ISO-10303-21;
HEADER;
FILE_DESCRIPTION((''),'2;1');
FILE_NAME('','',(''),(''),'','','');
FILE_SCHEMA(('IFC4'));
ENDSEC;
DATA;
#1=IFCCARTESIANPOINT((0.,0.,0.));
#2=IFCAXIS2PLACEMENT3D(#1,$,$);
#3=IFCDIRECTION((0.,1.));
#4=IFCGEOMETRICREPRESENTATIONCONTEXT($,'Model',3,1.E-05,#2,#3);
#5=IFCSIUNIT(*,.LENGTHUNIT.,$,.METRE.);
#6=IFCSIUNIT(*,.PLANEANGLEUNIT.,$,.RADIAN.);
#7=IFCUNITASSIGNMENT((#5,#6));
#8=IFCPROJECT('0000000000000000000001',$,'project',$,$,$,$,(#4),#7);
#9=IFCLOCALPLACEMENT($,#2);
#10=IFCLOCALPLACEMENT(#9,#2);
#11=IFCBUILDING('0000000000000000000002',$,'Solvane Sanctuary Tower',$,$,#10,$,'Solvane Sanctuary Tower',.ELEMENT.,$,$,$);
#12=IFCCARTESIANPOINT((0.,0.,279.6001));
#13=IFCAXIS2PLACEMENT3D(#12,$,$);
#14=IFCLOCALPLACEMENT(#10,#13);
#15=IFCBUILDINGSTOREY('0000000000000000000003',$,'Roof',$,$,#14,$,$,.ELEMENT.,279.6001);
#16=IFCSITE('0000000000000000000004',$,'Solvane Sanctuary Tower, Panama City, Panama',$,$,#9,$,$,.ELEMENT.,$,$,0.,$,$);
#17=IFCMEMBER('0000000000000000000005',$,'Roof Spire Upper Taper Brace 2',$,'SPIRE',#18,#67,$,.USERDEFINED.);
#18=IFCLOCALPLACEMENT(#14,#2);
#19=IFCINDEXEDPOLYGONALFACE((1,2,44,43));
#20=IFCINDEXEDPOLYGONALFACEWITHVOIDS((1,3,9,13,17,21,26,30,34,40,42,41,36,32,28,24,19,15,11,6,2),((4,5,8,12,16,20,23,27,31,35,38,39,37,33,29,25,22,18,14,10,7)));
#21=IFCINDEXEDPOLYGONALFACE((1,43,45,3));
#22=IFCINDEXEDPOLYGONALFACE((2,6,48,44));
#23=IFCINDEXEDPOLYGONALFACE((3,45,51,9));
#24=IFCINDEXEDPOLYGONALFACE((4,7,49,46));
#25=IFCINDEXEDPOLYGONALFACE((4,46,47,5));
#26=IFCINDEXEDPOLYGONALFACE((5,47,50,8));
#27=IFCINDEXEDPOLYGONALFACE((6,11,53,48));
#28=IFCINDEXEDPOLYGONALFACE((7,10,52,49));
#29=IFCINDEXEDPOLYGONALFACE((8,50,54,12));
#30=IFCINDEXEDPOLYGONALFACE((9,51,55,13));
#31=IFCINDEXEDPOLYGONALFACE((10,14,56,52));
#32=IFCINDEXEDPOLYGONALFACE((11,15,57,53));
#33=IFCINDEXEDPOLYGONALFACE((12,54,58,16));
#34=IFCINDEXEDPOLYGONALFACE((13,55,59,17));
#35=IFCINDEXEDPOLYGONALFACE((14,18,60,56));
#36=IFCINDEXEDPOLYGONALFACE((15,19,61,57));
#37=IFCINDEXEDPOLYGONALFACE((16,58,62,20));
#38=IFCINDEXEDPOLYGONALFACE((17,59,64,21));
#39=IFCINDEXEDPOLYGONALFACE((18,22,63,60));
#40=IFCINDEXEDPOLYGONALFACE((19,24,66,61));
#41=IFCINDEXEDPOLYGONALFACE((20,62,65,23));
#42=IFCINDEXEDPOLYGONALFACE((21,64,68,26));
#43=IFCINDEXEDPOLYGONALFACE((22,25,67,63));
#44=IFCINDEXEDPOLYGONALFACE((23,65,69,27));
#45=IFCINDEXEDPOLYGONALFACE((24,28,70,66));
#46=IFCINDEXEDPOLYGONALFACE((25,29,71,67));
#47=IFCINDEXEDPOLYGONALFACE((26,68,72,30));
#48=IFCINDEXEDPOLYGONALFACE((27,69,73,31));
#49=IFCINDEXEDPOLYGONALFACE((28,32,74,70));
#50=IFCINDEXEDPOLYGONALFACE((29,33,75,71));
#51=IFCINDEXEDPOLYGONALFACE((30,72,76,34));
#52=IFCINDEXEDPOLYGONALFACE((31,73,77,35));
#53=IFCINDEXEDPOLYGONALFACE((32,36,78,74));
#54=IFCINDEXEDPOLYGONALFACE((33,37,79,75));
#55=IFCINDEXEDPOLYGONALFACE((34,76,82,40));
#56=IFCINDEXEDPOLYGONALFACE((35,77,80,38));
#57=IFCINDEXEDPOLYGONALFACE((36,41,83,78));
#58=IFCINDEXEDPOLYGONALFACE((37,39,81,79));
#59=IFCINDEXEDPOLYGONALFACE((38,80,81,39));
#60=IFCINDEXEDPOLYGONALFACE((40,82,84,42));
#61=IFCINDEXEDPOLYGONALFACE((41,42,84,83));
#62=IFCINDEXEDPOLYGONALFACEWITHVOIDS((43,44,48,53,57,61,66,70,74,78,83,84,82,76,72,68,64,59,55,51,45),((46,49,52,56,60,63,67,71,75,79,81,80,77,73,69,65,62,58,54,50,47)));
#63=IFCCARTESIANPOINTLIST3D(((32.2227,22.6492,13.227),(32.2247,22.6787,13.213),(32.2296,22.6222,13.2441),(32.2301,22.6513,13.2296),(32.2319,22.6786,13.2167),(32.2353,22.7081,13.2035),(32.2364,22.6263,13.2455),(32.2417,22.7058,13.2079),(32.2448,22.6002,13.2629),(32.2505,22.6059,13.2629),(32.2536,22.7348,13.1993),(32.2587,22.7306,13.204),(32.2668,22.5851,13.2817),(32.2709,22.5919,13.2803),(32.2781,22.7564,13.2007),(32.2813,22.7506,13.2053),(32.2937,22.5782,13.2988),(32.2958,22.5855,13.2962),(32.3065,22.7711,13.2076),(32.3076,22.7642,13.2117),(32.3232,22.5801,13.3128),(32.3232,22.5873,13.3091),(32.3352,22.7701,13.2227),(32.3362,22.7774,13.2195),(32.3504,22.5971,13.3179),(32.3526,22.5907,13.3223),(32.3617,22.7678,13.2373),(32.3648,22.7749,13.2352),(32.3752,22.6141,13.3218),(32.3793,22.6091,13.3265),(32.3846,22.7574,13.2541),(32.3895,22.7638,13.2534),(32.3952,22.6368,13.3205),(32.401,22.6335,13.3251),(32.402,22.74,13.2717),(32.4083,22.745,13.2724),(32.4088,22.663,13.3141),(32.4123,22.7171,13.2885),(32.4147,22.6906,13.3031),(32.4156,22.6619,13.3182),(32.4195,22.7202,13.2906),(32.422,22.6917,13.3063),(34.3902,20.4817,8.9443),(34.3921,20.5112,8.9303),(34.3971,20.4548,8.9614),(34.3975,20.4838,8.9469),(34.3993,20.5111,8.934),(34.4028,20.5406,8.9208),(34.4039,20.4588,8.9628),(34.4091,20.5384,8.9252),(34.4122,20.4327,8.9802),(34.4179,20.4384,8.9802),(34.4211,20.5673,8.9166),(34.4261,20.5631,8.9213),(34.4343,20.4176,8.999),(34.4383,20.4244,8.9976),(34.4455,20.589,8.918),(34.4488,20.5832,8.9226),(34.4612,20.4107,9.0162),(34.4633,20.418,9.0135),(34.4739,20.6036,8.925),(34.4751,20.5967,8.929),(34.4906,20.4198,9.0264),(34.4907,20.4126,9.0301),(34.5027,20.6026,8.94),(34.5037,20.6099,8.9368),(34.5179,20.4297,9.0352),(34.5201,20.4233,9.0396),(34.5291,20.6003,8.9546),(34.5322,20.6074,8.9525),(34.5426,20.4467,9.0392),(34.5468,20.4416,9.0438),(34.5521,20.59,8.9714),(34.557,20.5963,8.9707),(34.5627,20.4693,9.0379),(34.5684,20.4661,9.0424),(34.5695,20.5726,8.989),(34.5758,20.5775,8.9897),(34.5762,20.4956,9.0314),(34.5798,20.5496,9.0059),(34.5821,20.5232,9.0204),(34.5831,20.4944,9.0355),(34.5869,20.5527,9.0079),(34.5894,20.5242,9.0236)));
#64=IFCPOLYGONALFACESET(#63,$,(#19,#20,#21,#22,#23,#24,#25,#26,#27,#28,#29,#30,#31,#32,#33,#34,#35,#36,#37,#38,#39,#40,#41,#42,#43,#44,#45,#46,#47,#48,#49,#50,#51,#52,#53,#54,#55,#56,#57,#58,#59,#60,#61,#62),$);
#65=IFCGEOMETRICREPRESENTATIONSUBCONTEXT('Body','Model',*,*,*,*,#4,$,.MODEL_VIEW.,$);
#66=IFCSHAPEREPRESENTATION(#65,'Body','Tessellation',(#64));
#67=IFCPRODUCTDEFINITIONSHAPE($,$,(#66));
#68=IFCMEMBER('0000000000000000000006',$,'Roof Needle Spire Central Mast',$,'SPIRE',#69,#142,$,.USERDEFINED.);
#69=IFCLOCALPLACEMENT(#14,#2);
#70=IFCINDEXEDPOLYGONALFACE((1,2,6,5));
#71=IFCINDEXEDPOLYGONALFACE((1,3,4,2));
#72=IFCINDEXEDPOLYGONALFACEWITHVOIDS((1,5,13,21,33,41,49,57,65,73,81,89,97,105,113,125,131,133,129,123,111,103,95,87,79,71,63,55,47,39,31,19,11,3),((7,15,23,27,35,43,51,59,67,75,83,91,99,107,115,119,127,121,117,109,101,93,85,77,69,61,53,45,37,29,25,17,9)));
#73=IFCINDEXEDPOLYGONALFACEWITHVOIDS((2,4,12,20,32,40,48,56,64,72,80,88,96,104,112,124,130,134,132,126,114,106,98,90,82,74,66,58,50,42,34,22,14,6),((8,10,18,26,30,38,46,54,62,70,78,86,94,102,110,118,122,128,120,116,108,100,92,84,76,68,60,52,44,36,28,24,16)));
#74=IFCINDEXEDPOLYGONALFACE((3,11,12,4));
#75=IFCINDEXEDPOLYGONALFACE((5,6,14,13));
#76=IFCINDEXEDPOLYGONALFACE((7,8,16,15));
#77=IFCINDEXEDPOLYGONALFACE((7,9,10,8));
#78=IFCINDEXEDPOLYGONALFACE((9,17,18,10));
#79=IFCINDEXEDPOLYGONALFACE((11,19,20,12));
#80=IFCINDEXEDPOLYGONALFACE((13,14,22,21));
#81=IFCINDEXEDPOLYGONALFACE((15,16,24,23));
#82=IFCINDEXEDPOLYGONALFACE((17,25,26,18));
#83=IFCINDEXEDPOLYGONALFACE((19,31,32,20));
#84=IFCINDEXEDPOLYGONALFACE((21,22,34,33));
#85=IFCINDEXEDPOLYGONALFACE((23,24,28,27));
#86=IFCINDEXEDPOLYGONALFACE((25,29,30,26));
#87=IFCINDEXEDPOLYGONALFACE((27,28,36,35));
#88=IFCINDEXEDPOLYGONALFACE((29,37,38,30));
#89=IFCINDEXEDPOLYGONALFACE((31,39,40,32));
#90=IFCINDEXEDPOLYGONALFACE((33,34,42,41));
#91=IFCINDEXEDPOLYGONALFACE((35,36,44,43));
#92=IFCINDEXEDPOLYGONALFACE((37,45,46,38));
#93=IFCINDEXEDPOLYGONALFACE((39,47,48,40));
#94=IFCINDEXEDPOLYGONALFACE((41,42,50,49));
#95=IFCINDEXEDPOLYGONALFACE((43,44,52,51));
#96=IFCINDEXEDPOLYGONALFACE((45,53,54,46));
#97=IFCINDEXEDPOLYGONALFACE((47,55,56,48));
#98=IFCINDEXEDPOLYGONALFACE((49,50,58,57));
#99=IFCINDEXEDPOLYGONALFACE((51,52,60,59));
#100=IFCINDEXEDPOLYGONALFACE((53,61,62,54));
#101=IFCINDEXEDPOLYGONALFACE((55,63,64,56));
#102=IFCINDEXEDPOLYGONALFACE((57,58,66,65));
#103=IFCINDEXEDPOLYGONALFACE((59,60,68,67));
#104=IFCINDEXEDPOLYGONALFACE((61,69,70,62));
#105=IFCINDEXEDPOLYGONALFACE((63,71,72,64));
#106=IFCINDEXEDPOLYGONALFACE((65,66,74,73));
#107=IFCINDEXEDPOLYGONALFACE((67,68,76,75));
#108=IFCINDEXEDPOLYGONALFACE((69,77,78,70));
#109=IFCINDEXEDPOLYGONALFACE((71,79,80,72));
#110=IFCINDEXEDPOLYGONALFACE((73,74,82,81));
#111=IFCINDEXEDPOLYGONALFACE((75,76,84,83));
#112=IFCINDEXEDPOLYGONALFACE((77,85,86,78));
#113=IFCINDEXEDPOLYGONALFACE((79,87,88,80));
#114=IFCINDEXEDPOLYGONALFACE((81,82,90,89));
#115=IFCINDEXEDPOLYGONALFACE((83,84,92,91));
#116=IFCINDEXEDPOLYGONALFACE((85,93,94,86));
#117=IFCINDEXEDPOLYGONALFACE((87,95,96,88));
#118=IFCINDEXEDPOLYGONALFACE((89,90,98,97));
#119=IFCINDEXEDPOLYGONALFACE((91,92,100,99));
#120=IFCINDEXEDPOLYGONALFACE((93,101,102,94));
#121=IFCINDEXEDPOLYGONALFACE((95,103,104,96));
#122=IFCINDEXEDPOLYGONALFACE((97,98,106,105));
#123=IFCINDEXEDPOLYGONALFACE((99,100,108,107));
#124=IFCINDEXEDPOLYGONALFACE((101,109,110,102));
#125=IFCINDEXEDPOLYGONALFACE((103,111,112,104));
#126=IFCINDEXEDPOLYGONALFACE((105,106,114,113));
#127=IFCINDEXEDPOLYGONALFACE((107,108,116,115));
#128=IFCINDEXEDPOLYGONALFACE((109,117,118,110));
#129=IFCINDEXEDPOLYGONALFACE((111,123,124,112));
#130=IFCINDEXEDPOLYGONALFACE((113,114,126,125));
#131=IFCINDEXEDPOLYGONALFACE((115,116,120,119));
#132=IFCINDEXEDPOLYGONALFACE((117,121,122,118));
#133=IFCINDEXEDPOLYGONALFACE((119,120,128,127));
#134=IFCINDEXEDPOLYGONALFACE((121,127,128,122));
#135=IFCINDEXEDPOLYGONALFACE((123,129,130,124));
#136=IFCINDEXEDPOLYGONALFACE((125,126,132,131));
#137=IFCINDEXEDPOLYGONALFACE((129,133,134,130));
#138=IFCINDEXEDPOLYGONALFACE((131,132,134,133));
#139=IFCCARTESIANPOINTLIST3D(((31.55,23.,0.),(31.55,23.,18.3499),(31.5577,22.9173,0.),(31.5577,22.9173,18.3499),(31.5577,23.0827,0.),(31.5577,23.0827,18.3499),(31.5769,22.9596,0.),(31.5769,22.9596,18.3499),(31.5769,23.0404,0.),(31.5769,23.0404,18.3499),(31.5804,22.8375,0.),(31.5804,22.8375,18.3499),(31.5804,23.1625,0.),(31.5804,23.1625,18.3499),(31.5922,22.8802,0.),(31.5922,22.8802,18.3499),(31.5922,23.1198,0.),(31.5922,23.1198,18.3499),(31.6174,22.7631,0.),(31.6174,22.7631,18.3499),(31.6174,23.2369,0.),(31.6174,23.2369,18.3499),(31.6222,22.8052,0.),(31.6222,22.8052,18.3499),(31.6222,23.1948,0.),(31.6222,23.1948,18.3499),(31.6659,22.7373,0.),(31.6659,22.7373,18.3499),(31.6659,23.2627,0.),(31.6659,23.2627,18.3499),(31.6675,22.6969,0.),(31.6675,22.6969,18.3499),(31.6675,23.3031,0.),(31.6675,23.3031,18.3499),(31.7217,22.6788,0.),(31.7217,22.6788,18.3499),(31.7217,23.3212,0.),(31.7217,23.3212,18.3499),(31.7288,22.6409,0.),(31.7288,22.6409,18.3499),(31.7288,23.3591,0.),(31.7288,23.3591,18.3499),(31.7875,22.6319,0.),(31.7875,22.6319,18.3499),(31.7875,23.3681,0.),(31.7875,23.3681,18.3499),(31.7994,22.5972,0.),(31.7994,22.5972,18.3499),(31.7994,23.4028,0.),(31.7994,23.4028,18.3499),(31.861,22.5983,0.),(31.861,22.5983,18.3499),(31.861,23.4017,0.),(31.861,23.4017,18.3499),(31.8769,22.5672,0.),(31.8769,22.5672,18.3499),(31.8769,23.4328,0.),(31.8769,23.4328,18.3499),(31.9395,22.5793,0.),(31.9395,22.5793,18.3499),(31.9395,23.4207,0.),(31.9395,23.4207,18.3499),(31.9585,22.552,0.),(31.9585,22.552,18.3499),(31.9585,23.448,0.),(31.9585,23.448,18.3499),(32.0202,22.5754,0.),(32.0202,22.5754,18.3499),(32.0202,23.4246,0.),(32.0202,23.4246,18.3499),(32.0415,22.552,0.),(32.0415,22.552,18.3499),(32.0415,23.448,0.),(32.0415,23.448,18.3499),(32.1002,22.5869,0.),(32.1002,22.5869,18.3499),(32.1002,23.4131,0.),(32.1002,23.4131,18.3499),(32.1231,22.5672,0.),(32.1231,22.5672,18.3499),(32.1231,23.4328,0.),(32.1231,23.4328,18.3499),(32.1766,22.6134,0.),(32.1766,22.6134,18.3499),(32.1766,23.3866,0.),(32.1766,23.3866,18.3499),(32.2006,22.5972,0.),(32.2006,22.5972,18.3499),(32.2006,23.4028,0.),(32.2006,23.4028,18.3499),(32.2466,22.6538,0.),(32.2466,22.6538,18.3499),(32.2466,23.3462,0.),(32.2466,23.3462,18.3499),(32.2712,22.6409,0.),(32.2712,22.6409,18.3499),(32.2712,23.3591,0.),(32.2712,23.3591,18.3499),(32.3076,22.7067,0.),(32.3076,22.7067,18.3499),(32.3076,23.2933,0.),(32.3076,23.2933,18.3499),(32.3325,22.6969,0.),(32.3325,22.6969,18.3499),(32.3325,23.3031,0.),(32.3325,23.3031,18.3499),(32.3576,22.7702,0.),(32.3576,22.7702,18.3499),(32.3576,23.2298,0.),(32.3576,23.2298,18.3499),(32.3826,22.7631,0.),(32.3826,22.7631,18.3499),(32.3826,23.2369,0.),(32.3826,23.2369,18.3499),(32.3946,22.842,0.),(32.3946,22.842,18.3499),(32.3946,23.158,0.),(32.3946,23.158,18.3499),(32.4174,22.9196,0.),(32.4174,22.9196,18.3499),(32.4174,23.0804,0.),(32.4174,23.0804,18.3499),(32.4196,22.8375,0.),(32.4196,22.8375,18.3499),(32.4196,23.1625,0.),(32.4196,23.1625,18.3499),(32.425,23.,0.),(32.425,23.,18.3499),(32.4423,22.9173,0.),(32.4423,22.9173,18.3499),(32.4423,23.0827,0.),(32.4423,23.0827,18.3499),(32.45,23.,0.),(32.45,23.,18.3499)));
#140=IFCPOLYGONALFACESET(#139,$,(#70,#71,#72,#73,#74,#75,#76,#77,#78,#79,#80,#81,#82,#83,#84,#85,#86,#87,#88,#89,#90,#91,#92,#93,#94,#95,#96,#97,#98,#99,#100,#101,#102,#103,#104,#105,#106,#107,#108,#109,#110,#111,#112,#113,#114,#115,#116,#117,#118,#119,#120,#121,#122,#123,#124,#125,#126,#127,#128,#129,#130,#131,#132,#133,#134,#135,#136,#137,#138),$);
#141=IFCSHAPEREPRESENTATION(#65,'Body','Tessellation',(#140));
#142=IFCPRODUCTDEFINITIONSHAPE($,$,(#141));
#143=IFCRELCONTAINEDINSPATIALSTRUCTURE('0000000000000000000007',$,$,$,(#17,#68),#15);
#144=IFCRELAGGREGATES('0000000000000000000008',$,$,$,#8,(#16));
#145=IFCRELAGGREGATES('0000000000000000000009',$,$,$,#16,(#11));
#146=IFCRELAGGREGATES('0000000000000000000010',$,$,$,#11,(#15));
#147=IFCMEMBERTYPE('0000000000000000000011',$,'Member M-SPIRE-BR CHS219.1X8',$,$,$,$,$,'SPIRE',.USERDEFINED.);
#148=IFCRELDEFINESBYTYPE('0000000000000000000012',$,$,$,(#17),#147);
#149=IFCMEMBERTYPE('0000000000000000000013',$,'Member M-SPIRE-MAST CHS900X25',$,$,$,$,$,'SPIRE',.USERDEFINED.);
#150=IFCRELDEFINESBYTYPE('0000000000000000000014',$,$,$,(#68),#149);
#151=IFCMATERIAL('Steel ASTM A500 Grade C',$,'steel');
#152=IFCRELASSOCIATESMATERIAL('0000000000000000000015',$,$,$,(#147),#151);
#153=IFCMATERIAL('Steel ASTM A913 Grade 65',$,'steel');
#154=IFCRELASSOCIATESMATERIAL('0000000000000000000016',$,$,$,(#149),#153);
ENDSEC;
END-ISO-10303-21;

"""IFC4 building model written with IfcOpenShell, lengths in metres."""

from ifc_helpers import new_model, si_unit, direction, frame, origin, origin_2d, place, context, subcontext, project, spatial, hollow_circle, extrude, material, material_profile, profile_set, type_object, element, save


model = new_model("IFC4")

# Units and contexts
model_context = context("Model", 3, precision=1e-05, world=origin(), true_north=direction((0.0, 1.0)))
body_context = subcontext(model_context, "Body", "Model", "MODEL_VIEW")
ifc_project = project(units=[si_unit("LENGTHUNIT", "METRE"), si_unit("PLANEANGLEUNIT", "RADIAN")], contexts=[model_context])

# Site, building, storey
site_placement = place(None, origin())
site = spatial("IfcSite", under=ifc_project, at=site_placement, Name="Solvane Sanctuary Tower, Panama City, Panama", CompositionType="ELEMENT", RefElevation=0.0)
building_placement = place(site_placement, origin())
building = spatial("IfcBuilding", under=site, at=building_placement, Name="Solvane Sanctuary Tower", LongName="Solvane Sanctuary Tower", CompositionType="ELEMENT")
storey_placement = place(building_placement, frame((0.0, 0.0, 279.6001)))
storey = spatial("IfcBuildingStorey", under=building, at=storey_placement, Name="Roof", CompositionType="ELEMENT", Elevation=279.6001)

# Shared definitions
ifc_material_1 = material(Name="Steel ASTM A913 Grade 65", Category="steel")

# Members
ifc_material_2 = material(Name="Steel ASTM A500 Grade C", Category="steel")
ifc_material_profile_1 = material_profile(ifc_material_2, hollow_circle(Radius=0.1096, WallThickness=0.0081, at=origin_2d()), Name="CHS219.1X8")
ifc_profile_set_1 = profile_set([ifc_material_profile_1], Name="Steel ASTM A500 Grade C")
member_type_1 = type_object("IfcMemberType", Name="Member M-SPIRE-BR CHS219.1X8", ElementType="SPIRE", PredefinedType="USERDEFINED", material=ifc_profile_set_1)
member_1_placement = place(storey_placement, frame((34.4897, 20.5103, 8.9802), z_axis=(-0.411548, 0.411548, 0.813176), x_axis=(-0.707107, -0.707107, 0.0)))
element("IfcMember", 1, at=member_1_placement, inside=storey, type_object=member_type_1, Name="Roof Spire Upper Taper Brace 2", ObjectType="SPIRE", PredefinedType="USERDEFINED", context=body_context, shape_type="SweptSolid", body=[
    extrude(hollow_circle(Radius=0.1096, WallThickness=0.0081, at=origin_2d()), origin(), (0.0, 0.0, 1.0), 5.2666),
])
ifc_material_profile_2 = material_profile(ifc_material_1, hollow_circle(Radius=0.45, WallThickness=0.0249, at=origin_2d()), Name="CHS900X25")
ifc_profile_set_2 = profile_set([ifc_material_profile_2], Name="Steel ASTM A913 Grade 65")
member_type_2 = type_object("IfcMemberType", Name="Member M-SPIRE-MAST CHS900X25", ElementType="SPIRE", PredefinedType="USERDEFINED", material=ifc_profile_set_2)
member_2_placement = place(storey_placement, frame((32.0, 23.0, 0.0), z_axis=(0.0, 0.0, 1.0), x_axis=(1.0, 0.0, 0.0)))
element("IfcMember", 2, at=member_2_placement, inside=storey, type_object=member_type_2, Name="Roof Needle Spire Central Mast", ObjectType="SPIRE", PredefinedType="USERDEFINED", context=body_context, shape_type="SweptSolid", body=[
    extrude(hollow_circle(Radius=0.45, WallThickness=0.0249, at=origin_2d()), origin(), (0.0, 0.0, 1.0), 18.3499),
])

save(model, "model.ifc")
